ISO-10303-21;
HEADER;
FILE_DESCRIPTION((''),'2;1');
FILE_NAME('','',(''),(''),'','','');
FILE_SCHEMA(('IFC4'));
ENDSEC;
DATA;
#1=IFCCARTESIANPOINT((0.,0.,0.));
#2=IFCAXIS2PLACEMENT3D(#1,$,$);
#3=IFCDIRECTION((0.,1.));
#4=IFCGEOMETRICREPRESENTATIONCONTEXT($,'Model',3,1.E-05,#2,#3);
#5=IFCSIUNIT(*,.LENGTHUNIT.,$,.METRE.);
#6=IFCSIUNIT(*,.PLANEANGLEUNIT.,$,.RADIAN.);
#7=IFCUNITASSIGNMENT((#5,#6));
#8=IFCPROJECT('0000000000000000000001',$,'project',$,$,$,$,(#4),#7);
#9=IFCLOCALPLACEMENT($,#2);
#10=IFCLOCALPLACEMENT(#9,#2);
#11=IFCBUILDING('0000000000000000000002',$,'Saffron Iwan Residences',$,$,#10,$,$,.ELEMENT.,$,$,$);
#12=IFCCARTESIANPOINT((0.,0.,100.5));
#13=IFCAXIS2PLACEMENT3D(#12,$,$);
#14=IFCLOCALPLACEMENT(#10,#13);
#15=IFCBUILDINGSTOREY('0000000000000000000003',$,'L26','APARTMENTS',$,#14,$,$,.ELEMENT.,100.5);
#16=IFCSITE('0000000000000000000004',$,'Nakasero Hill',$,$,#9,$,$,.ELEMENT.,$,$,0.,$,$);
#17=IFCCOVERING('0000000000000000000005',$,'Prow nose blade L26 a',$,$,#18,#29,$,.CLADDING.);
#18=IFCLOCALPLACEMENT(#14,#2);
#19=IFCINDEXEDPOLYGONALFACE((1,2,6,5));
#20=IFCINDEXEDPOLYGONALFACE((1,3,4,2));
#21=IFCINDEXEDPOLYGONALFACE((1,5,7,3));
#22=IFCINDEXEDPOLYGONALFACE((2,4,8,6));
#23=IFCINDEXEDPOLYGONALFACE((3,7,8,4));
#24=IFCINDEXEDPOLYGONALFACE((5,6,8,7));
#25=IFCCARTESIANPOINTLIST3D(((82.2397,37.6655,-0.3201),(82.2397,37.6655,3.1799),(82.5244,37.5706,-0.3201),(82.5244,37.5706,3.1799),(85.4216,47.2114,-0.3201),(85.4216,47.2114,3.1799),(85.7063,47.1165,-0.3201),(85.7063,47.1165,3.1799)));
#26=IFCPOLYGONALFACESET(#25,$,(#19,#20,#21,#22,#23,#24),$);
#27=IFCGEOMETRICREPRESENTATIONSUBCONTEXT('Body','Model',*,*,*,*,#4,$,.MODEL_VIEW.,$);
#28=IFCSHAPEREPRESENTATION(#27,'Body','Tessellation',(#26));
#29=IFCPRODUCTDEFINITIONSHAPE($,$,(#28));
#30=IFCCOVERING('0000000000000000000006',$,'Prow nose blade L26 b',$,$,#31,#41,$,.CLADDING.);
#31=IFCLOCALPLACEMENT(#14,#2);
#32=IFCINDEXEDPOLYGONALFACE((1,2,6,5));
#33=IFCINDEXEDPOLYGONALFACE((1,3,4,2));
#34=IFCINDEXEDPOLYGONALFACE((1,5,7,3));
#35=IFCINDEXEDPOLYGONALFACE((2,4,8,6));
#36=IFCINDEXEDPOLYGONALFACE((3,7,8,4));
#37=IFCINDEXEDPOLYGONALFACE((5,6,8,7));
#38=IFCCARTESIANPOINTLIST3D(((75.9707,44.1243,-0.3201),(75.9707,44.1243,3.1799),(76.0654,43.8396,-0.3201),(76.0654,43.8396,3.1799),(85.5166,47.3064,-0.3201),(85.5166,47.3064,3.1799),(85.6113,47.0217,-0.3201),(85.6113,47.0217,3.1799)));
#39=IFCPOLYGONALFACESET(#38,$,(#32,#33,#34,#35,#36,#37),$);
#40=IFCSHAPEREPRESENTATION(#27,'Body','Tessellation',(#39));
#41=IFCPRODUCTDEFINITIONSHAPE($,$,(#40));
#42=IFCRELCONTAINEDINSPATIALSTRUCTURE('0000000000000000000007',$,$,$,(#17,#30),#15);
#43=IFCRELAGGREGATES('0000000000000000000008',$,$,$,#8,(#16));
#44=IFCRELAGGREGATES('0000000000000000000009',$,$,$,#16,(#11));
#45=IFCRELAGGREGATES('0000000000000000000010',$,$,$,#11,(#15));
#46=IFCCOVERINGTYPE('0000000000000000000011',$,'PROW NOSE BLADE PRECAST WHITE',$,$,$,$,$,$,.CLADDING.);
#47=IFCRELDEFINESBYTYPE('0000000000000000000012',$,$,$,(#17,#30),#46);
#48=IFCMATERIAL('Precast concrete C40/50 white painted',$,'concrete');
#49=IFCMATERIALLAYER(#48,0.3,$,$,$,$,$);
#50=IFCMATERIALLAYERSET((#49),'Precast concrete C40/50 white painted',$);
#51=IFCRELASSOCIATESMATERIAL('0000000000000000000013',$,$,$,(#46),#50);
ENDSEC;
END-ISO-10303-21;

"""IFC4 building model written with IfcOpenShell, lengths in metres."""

from ifc_helpers import new_model, si_unit, direction, frame, origin, place, context, subcontext, project, spatial, polyline, outline, extrude, material, layer, layer_set, type_object, element, save


model = new_model("IFC4")

# Units and contexts
model_context = context("Model", 3, precision=1e-05, world=origin(), true_north=direction((0.0, 1.0)))
body_context = subcontext(model_context, "Body", "Model", "MODEL_VIEW")
ifc_project = project(units=[si_unit("LENGTHUNIT", "METRE"), si_unit("PLANEANGLEUNIT", "RADIAN")], contexts=[model_context])

# Site, building, storey
site_placement = place(None, origin())
site = spatial("IfcSite", under=ifc_project, at=site_placement, Name="Nakasero Hill", CompositionType="ELEMENT", RefElevation=0.0)
building_placement = place(site_placement, origin())
building = spatial("IfcBuilding", under=site, at=building_placement, Name="Saffron Iwan Residences", CompositionType="ELEMENT")
storey_placement = place(building_placement, frame((0.0, 0.0, 100.5)))
storey = spatial("IfcBuildingStorey", under=building, at=storey_placement, Name="L26", Description="APARTMENTS", CompositionType="ELEMENT", Elevation=100.5)

# Coverings
ifc_material_1 = material(Name="Precast concrete C40/50 white painted", Category="concrete")
ifc_layer_1 = layer(ifc_material_1, 0.3)
ifc_layer_set_1 = layer_set([ifc_layer_1], Name="Precast concrete C40/50 white painted")
covering_type_1 = type_object("IfcCoveringType", Name="PROW NOSE BLADE PRECAST WHITE", PredefinedType="CLADDING", material=ifc_layer_set_1)
covering_1_placement = place(storey_placement, frame((0.0, 0.0, -0.3201)))
element("IfcCovering", 1, at=covering_1_placement, inside=storey, type_object=covering_type_1, Name="Prow nose blade L26 a", PredefinedType="CLADDING", context=body_context, shape_type="SweptSolid", body=[
    extrude(outline(polyline([(82.5244, 37.5706), (85.7063, 47.1165), (85.4216, 47.2114), (82.2397, 37.6655), (82.5244, 37.5706)])), origin(), (0.0, 0.0, 1.0), 3.5),
])
covering_2_placement = place(storey_placement, frame((0.0, 0.0, -0.3201)))
element("IfcCovering", 2, at=covering_2_placement, inside=storey, type_object=covering_type_1, Name="Prow nose blade L26 b", PredefinedType="CLADDING", context=body_context, shape_type="SweptSolid", body=[
    extrude(outline(polyline([(76.0654, 43.8396), (85.6113, 47.0217), (85.5166, 47.3064), (75.9707, 44.1243), (76.0654, 43.8396)])), origin(), (0.0, 0.0, 1.0), 3.5),
])

save(model, "model.ifc")
